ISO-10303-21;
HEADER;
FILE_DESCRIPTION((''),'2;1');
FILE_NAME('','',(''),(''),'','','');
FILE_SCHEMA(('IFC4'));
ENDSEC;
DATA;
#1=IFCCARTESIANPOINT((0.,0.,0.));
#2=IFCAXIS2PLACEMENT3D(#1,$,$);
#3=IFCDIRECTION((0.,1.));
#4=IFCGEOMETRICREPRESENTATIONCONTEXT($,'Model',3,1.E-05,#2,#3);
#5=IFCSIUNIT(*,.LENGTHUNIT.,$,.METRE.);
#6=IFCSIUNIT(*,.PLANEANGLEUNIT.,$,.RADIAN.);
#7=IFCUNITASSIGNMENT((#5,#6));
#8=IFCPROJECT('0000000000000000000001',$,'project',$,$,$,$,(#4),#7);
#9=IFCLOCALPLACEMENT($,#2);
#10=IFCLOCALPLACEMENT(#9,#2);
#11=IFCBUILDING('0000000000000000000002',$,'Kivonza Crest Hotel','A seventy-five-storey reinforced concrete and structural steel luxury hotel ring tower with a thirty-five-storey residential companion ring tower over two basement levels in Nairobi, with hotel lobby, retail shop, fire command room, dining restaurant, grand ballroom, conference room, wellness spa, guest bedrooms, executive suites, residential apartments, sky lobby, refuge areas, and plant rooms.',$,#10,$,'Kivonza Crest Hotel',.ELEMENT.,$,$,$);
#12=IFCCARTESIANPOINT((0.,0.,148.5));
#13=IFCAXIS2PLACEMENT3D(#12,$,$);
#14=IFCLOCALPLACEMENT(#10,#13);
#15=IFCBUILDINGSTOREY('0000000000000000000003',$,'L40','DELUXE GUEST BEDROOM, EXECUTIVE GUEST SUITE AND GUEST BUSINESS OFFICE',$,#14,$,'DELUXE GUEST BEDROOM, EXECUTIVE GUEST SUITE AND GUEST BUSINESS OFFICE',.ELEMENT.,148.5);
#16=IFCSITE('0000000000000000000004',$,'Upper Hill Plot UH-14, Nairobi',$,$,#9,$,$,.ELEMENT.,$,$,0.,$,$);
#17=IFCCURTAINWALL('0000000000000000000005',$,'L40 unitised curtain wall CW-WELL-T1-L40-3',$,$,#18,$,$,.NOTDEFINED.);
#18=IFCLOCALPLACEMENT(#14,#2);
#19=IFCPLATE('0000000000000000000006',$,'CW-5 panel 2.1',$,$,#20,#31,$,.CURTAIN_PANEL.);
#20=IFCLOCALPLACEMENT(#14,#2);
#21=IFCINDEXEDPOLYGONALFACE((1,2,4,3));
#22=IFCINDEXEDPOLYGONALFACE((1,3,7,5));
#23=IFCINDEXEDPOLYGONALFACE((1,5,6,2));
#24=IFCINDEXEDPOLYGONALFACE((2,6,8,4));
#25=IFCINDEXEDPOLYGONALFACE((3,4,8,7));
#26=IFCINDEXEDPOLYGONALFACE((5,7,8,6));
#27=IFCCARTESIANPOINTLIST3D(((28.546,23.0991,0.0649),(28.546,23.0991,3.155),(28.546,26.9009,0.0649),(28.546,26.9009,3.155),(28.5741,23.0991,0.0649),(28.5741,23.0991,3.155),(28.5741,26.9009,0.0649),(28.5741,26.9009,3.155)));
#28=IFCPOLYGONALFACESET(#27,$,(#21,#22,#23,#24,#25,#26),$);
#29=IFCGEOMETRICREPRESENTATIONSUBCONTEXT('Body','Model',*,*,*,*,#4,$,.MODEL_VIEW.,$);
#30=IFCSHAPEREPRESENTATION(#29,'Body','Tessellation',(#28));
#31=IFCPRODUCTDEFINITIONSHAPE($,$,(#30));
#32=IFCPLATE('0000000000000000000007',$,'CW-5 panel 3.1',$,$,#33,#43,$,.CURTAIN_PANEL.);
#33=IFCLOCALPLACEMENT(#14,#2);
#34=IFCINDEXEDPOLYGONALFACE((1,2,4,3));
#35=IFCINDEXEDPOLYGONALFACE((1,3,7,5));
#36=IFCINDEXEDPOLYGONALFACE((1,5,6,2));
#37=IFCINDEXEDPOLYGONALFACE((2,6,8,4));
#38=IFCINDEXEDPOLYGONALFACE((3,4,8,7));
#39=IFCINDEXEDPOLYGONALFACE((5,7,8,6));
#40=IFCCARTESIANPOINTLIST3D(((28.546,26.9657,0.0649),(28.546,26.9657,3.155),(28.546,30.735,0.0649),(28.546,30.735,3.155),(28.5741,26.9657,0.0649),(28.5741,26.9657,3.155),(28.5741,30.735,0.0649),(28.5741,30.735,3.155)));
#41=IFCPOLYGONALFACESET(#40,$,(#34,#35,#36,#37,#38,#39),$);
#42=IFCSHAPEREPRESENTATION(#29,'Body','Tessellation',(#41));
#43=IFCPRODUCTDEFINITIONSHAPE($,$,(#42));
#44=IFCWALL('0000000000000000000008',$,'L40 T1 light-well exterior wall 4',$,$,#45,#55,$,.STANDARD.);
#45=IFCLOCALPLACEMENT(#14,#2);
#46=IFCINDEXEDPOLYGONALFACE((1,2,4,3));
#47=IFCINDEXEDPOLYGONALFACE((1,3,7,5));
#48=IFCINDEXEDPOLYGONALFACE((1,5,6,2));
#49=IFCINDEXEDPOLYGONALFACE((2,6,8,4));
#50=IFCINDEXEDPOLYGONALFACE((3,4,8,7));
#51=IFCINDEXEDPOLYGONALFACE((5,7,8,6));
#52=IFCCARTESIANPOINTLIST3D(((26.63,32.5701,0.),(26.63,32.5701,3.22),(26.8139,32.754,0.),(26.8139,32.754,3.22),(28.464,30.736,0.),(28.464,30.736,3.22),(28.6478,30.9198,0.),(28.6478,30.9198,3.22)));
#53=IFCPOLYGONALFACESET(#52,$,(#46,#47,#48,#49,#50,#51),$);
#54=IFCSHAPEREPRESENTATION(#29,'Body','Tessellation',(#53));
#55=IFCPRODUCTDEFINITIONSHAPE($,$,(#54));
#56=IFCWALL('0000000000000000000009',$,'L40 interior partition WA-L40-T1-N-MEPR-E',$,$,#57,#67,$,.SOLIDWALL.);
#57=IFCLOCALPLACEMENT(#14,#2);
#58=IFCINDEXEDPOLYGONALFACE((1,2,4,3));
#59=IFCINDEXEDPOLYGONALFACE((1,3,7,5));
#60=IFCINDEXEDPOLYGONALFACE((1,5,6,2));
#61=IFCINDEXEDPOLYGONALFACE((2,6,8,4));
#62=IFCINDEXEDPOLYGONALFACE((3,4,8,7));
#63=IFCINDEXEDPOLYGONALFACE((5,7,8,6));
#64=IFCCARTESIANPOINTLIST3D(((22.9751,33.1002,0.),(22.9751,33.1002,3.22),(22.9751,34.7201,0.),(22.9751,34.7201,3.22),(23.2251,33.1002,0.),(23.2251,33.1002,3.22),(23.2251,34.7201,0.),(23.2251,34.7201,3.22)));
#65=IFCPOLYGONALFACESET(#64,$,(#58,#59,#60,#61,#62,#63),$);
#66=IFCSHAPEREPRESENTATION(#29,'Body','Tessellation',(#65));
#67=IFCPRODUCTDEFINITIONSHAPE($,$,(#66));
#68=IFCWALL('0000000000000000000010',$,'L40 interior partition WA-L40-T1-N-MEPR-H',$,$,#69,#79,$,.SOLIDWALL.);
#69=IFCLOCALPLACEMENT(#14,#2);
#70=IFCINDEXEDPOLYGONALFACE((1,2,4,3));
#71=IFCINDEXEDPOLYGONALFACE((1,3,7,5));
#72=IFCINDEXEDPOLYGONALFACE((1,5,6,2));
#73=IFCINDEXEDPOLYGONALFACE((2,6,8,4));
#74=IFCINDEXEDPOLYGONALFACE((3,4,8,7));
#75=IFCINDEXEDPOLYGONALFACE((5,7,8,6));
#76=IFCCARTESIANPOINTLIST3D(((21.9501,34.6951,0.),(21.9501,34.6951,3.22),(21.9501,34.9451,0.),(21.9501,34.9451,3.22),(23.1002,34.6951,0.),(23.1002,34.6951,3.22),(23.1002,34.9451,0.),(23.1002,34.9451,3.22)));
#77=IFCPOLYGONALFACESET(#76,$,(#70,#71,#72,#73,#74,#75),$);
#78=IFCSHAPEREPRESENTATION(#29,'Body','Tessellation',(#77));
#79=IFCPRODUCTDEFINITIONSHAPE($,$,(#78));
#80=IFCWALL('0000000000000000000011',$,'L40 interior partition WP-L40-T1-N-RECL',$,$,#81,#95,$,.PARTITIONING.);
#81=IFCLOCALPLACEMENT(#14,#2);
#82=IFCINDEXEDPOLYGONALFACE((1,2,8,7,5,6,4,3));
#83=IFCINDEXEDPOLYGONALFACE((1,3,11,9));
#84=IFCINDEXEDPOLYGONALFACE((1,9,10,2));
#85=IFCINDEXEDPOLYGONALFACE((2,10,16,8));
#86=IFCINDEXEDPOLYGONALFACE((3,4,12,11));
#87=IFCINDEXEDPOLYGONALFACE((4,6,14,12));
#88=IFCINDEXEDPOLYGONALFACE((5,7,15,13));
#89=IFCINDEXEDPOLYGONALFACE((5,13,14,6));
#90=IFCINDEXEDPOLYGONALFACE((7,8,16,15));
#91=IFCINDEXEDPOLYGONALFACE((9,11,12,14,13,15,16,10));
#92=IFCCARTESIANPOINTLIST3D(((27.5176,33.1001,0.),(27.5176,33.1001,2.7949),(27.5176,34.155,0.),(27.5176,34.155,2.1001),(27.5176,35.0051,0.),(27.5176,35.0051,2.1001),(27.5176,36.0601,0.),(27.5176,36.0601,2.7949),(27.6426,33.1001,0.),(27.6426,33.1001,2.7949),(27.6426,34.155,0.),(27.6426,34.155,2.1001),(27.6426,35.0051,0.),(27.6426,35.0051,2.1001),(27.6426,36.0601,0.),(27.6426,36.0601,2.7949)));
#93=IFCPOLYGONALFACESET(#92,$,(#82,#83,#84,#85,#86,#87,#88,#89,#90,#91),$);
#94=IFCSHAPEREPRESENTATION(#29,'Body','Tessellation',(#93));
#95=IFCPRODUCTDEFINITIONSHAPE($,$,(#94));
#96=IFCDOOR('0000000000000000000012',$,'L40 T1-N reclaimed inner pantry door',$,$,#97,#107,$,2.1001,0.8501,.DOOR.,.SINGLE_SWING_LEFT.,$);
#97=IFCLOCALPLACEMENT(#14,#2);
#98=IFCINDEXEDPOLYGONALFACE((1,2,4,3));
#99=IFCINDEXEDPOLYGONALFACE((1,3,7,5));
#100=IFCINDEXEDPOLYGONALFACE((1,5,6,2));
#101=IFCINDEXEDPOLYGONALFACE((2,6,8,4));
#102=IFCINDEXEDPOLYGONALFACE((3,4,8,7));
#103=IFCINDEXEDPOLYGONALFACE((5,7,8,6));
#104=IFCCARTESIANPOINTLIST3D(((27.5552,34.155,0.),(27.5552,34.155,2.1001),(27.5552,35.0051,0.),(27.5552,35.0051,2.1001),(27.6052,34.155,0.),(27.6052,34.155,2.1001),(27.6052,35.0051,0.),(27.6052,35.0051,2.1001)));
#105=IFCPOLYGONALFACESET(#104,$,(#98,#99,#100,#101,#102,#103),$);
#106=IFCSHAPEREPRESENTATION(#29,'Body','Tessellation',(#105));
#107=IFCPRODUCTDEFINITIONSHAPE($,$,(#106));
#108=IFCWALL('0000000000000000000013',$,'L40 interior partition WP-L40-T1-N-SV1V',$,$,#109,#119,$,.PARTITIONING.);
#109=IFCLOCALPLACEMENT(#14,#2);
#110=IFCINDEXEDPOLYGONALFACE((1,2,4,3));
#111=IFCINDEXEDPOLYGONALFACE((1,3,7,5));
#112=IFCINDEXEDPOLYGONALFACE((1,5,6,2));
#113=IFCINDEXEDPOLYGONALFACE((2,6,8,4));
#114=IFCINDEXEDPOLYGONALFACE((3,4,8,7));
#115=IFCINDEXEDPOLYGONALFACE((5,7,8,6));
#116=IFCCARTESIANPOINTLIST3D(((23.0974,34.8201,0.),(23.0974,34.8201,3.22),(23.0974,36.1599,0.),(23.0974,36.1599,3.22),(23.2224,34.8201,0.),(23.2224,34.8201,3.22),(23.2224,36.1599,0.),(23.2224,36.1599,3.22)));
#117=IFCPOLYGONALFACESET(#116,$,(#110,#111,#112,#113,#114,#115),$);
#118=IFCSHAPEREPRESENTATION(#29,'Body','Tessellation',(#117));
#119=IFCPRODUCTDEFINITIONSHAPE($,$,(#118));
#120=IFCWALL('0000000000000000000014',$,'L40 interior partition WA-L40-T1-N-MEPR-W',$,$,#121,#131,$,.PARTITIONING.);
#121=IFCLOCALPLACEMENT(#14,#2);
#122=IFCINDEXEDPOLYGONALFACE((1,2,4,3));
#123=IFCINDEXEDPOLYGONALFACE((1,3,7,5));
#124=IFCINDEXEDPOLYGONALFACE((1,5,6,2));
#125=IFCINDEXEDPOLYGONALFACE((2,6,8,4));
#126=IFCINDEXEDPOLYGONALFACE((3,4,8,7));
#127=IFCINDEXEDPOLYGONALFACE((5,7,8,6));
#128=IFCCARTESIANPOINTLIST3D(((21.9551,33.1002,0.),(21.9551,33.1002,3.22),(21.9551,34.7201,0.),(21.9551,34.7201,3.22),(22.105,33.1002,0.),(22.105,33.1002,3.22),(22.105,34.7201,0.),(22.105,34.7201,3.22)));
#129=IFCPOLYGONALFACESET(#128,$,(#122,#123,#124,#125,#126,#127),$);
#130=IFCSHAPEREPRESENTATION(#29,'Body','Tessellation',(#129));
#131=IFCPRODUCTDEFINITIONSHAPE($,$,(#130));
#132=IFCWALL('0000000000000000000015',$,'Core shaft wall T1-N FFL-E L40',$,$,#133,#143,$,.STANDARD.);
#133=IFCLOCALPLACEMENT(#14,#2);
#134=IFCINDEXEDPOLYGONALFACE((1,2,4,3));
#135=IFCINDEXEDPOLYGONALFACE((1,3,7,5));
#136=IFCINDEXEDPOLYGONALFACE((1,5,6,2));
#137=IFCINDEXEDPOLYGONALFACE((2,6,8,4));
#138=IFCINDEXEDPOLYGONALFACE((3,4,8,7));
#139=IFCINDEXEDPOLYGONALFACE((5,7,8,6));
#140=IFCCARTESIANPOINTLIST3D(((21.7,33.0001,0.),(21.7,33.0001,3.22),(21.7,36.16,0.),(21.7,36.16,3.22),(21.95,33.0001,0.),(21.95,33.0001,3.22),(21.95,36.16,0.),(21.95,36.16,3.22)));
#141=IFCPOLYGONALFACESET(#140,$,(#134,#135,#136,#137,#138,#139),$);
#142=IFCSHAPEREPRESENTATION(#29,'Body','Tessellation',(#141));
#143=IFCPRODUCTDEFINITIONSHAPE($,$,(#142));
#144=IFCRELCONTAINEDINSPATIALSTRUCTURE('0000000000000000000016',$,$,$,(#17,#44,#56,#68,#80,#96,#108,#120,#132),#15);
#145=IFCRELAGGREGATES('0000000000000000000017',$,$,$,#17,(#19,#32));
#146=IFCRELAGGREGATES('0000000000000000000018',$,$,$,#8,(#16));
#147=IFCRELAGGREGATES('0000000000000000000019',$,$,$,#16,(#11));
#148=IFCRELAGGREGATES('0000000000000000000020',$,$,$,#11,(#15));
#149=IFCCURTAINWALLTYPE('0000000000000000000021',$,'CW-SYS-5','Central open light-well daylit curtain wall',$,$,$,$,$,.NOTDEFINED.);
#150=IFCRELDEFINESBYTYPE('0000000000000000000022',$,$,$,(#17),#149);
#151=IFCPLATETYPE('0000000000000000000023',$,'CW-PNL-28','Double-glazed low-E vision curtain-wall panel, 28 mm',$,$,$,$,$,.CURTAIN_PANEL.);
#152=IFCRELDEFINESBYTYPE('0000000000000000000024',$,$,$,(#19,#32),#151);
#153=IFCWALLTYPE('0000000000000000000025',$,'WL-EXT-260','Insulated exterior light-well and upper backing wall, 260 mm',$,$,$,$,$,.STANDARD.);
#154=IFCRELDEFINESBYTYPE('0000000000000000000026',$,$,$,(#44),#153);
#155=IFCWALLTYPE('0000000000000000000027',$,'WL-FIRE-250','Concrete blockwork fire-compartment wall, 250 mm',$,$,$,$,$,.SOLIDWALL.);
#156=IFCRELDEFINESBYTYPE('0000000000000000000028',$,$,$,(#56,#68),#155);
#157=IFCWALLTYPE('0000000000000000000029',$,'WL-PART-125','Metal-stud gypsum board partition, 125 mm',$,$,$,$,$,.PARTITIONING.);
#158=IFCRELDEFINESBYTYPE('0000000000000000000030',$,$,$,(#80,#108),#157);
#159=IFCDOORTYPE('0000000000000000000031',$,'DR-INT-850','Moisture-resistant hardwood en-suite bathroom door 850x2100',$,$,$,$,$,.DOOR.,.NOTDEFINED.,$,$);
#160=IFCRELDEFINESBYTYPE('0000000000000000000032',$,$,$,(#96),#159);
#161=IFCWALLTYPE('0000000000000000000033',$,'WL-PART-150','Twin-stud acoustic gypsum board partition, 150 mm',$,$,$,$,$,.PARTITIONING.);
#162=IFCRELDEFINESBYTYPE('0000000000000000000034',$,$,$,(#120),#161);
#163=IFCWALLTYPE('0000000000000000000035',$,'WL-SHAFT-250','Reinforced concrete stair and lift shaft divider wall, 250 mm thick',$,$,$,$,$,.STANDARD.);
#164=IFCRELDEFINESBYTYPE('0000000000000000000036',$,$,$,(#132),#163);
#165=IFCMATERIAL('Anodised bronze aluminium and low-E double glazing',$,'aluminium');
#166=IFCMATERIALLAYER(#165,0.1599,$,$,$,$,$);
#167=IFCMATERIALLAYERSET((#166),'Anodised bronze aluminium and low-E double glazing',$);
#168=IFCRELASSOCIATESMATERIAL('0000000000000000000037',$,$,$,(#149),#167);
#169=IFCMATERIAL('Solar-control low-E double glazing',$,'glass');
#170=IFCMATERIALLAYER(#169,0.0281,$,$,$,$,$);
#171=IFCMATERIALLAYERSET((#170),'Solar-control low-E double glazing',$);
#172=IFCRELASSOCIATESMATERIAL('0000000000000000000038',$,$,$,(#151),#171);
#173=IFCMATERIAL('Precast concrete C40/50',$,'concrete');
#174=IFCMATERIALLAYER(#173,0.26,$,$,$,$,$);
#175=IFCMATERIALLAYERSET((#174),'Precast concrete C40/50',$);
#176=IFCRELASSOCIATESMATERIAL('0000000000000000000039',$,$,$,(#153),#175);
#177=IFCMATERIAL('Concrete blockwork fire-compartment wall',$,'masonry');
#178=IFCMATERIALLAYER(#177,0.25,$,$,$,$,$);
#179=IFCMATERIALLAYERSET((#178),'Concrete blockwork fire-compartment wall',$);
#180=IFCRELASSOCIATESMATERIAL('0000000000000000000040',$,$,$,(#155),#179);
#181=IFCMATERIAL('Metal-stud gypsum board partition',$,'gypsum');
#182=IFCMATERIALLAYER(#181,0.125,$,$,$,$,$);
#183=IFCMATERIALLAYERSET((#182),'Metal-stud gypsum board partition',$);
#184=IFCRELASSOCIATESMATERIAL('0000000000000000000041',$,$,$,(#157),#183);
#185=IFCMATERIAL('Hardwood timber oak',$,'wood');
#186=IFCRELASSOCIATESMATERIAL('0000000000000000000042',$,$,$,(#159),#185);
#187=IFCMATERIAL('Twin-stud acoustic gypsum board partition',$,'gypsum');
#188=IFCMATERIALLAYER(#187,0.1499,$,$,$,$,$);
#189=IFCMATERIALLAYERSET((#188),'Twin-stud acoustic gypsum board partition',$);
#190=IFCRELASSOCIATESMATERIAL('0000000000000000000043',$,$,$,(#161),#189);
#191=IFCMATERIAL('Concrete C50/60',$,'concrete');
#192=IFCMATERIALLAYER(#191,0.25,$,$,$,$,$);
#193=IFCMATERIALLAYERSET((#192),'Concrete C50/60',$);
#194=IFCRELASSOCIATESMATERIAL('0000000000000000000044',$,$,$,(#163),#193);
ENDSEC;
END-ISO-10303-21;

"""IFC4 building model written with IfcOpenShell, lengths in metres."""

from ifc_helpers import new_model, si_unit, direction, frame, frame_2d, origin, origin_2d, place, context, subcontext, project, spatial, rectangle, extrude, material, layer, layer_set, type_object, element, fill, aggregate, save


model = new_model("IFC4")

# Units and contexts
model_context = context("Model", 3, precision=1e-05, world=origin(), true_north=direction((0.0, 1.0)))
body_context = subcontext(model_context, "Body", "Model", "MODEL_VIEW")
ifc_project = project(units=[si_unit("LENGTHUNIT", "METRE"), si_unit("PLANEANGLEUNIT", "RADIAN")], contexts=[model_context])

# Site, building, storey
site_placement = place(None, origin())
site = spatial("IfcSite", under=ifc_project, at=site_placement, Name="Upper Hill Plot UH-14, Nairobi", CompositionType="ELEMENT", RefElevation=0.0)
building_placement = place(site_placement, origin())
building = spatial("IfcBuilding", under=site, at=building_placement, Name="Kivonza Crest Hotel", Description="A seventy-five-storey reinforced concrete and structural steel luxury hotel ring tower with a thirty-five-storey residential companion ring tower over two basement levels in Nairobi, with hotel lobby, retail shop, fire command room, dining restaurant, grand ballroom, conference room, wellness spa, guest bedrooms, executive suites, residential apartments, sky lobby, refuge areas, and plant rooms.", LongName="Kivonza Crest Hotel", CompositionType="ELEMENT")
storey_placement = place(building_placement, frame((0.0, 0.0, 148.5)))
storey = spatial("IfcBuildingStorey", under=building, at=storey_placement, Name="L40", Description="DELUXE GUEST BEDROOM, EXECUTIVE GUEST SUITE AND GUEST BUSINESS OFFICE", LongName="DELUXE GUEST BEDROOM, EXECUTIVE GUEST SUITE AND GUEST BUSINESS OFFICE", CompositionType="ELEMENT", Elevation=148.5)

# Shared definitions
ifc_material_1 = material(Name="Concrete C50/60", Category="concrete")

# Curtain wall, plates
ifc_material_2 = material(Name="Anodised bronze aluminium and low-E double glazing", Category="aluminium")
ifc_layer_1 = layer(ifc_material_2, 0.1599)
ifc_layer_set_1 = layer_set([ifc_layer_1], Name="Anodised bronze aluminium and low-E double glazing")
curtain_wall_type = type_object("IfcCurtainWallType", Name="CW-SYS-5", Description="Central open light-well daylit curtain wall", PredefinedType="NOTDEFINED", material=ifc_layer_set_1)
curtain_wall_placement = place(storey_placement, origin())
curtain_wall = element("IfcCurtainWall", 1, at=curtain_wall_placement, inside=storey, type_object=curtain_wall_type, Name="L40 unitised curtain wall CW-WELL-T1-L40-3", PredefinedType="NOTDEFINED")
ifc_material_3 = material(Name="Solar-control low-E double glazing", Category="glass")
ifc_layer_2 = layer(ifc_material_3, 0.0281)
ifc_layer_set_2 = layer_set([ifc_layer_2], Name="Solar-control low-E double glazing")
plate_type = type_object("IfcPlateType", Name="CW-PNL-28", Description="Double-glazed low-E vision curtain-wall panel, 28 mm", PredefinedType="CURTAIN_PANEL", material=ifc_layer_set_2)
plate_1_placement = place(storey_placement, frame((28.5601, 25.0, 0.0649), z_axis=(0.0, 0.0, 1.0), x_axis=(0.0, 1.0, 0.0)))
plate_1 = element("IfcPlate", 2, at=plate_1_placement, type_object=plate_type, Name="CW-5 panel 2.1", PredefinedType="CURTAIN_PANEL", context=body_context, shape_type="SweptSolid", body=[
    extrude(rectangle(XDim=3.8018, YDim=0.0281, at=origin_2d()), origin(), (0.0, 0.0, 1.0), 3.0901),
])
plate_2_placement = place(storey_placement, frame((28.5601, 28.8503, 0.0649), z_axis=(0.0, 0.0, 1.0), x_axis=(0.0, 1.0, 0.0)))
plate_2 = element("IfcPlate", 3, at=plate_2_placement, type_object=plate_type, Name="CW-5 panel 3.1", PredefinedType="CURTAIN_PANEL", context=body_context, shape_type="SweptSolid", body=[
    extrude(rectangle(XDim=3.7693, YDim=0.0281, at=origin_2d()), origin(), (0.0, 0.0, 1.0), 3.0901),
])
aggregate(curtain_wall, [plate_1, plate_2])

# Walls
ifc_material_4 = material(Name="Precast concrete C40/50", Category="concrete")
ifc_layer_3 = layer(ifc_material_4, 0.26)
ifc_layer_set_3 = layer_set([ifc_layer_3], Name="Precast concrete C40/50")
wall_type_1 = type_object("IfcWallType", Name="WL-EXT-260", Description="Insulated exterior light-well and upper backing wall, 260 mm", PredefinedType="STANDARD", material=ifc_layer_set_3)
wall_1_placement = place(storey_placement, frame((28.5559, 30.8279, 0.0), z_axis=(0.0, 0.0, 1.0), x_axis=(-0.70706, 0.707154, 0.0)))
element("IfcWall", 4, at=wall_1_placement, inside=storey, type_object=wall_type_1, Name="L40 T1 light-well exterior wall 4", PredefinedType="STANDARD", context=body_context, shape_type="SweptSolid", body=[
    extrude(rectangle(XDim=2.5938, YDim=0.26, at=frame_2d((1.2969, 0.0))), origin(), (0.0, 0.0, 1.0), 3.22),
])
ifc_material_5 = material(Name="Concrete blockwork fire-compartment wall", Category="masonry")
ifc_layer_4 = layer(ifc_material_5, 0.25)
ifc_layer_set_4 = layer_set([ifc_layer_4], Name="Concrete blockwork fire-compartment wall")
wall_type_2 = type_object("IfcWallType", Name="WL-FIRE-250", Description="Concrete blockwork fire-compartment wall, 250 mm", PredefinedType="SOLIDWALL", material=ifc_layer_set_4)
wall_2_placement = place(storey_placement, frame((23.1001, 33.1001, 0.0), z_axis=(0.0, 0.0, 1.0), x_axis=(0.0, 1.0, 0.0)))
element("IfcWall", 5, at=wall_2_placement, inside=storey, type_object=wall_type_2, Name="L40 interior partition WA-L40-T1-N-MEPR-E", PredefinedType="SOLIDWALL", context=body_context, shape_type="SweptSolid", body=[
    extrude(rectangle(XDim=1.6199, YDim=0.25, at=frame_2d((0.8101, 0.0))), origin(), (0.0, 0.0, 1.0), 3.22),
])
wall_3_placement = place(storey_placement, frame((21.95, 34.8201, 0.0), z_axis=(0.0, 0.0, 1.0), x_axis=(1.0, 0.0, 0.0)))
element("IfcWall", 6, at=wall_3_placement, inside=storey, type_object=wall_type_2, Name="L40 interior partition WA-L40-T1-N-MEPR-H", PredefinedType="SOLIDWALL", context=body_context, shape_type="SweptSolid", body=[
    extrude(rectangle(XDim=1.1501, YDim=0.25, at=frame_2d((0.5752, 0.0))), origin(), (0.0, 0.0, 1.0), 3.22),
])

# Wall, opening, door
ifc_material_6 = material(Name="Metal-stud gypsum board partition", Category="gypsum")
ifc_layer_5 = layer(ifc_material_6, 0.125)
ifc_layer_set_5 = layer_set([ifc_layer_5], Name="Metal-stud gypsum board partition")
wall_type_3 = type_object("IfcWallType", Name="WL-PART-125", Description="Metal-stud gypsum board partition, 125 mm", PredefinedType="PARTITIONING", material=ifc_layer_set_5)
wall_4_placement = place(storey_placement, frame((27.5801, 33.1001, 0.0), z_axis=(0.0, 0.0, 1.0), x_axis=(0.0, 1.0, 0.0)))
wall_4 = element("IfcWall", 7, at=wall_4_placement, inside=storey, type_object=wall_type_3, Name="L40 interior partition WP-L40-T1-N-RECL", PredefinedType="PARTITIONING", context=body_context, shape_type="SweptSolid", body=[
    extrude(rectangle(XDim=2.96, YDim=0.125, at=frame_2d((1.48, 0.0))), origin(), (0.0, 0.0, 1.0), 2.7949),
])
opening_1_placement = place(wall_4_placement, frame((1.0549, 0.0, 0.0)))
opening_1 = element("IfcOpeningElement", 8, at=opening_1_placement, cuts=wall_4, PredefinedType="OPENING", context=body_context, shape_type="SweptSolid", body=[
    extrude(rectangle(XDim=0.8501, YDim=2.1001, at=frame_2d((0.425, 1.05))), frame((0.0, 0.0725, 0.0), z_axis=(0.0, -1.0, 0.0), x_axis=(1.0, 0.0, 0.0)), (0.0, 0.0, 1.0), 0.145),
])
ifc_material_7 = material(Name="Hardwood timber oak", Category="wood")
door_type_1 = type_object("IfcDoorType", Name="DR-INT-850", Description="Moisture-resistant hardwood en-suite bathroom door 850x2100", OperationType="NOTDEFINED", PredefinedType="DOOR", material=ifc_material_7)
door_1_placement = place(opening_1_placement, origin())
door_1 = element("IfcDoor", 9, at=door_1_placement, inside=storey, type_object=door_type_1, Name="L40 T1-N reclaimed inner pantry door", OperationType="SINGLE_SWING_LEFT", OverallHeight=2.1001, OverallWidth=0.8501, PredefinedType="DOOR", context=body_context, shape_type="SweptSolid", body=[
    extrude(rectangle(XDim=0.8501, YDim=2.1001, at=frame_2d((0.425, 1.05))), frame((0.0, 0.0249, 0.0), z_axis=(0.0, -1.0, 0.0), x_axis=(1.0, 0.0, 0.0)), (0.0, 0.0, 1.0), 0.05),
])
fill(opening_1, door_1)

# Walls
wall_5_placement = place(storey_placement, frame((23.1599, 34.8201, 0.0), z_axis=(0.0, 0.0, 1.0), x_axis=(0.0, 1.0, 0.0)))
element("IfcWall", 10, at=wall_5_placement, inside=storey, type_object=wall_type_3, Name="L40 interior partition WP-L40-T1-N-SV1V", PredefinedType="PARTITIONING", context=body_context, shape_type="SweptSolid", body=[
    extrude(rectangle(XDim=1.3398, YDim=0.125, at=frame_2d((0.6699, 0.0))), origin(), (0.0, 0.0, 1.0), 3.22),
])
ifc_material_8 = material(Name="Twin-stud acoustic gypsum board partition", Category="gypsum")
ifc_layer_6 = layer(ifc_material_8, 0.1499)
ifc_layer_set_6 = layer_set([ifc_layer_6], Name="Twin-stud acoustic gypsum board partition")
wall_type_4 = type_object("IfcWallType", Name="WL-PART-150", Description="Twin-stud acoustic gypsum board partition, 150 mm", PredefinedType="PARTITIONING", material=ifc_layer_set_6)
wall_6_placement = place(storey_placement, frame((22.03, 33.1001, 0.0), z_axis=(0.0, 0.0, 1.0), x_axis=(0.0, 1.0, 0.0)))
element("IfcWall", 11, at=wall_6_placement, inside=storey, type_object=wall_type_4, Name="L40 interior partition WA-L40-T1-N-MEPR-W", PredefinedType="PARTITIONING", context=body_context, shape_type="SweptSolid", body=[
    extrude(rectangle(XDim=1.6199, YDim=0.1499, at=frame_2d((0.8101, 0.0))), origin(), (0.0, 0.0, 1.0), 3.22),
])

# Shared definitions
ifc_layer_7 = layer(ifc_material_1, 0.25)
ifc_layer_set_7 = layer_set([ifc_layer_7], Name="Concrete C50/60")
wall_type_5 = type_object("IfcWallType", Name="WL-SHAFT-250", Description="Reinforced concrete stair and lift shaft divider wall, 250 mm thick", PredefinedType="STANDARD", material=ifc_layer_set_7)

# Wall
wall_7_placement = place(storey_placement, frame((21.825, 33.0, 0.0), z_axis=(0.0, 0.0, 1.0), x_axis=(0.0, 1.0, 0.0)))
element("IfcWall", 12, at=wall_7_placement, inside=storey, type_object=wall_type_5, Name="Core shaft wall T1-N FFL-E L40", PredefinedType="STANDARD", context=body_context, shape_type="SweptSolid", body=[
    extrude(rectangle(XDim=3.1599, YDim=0.25, at=frame_2d((1.5801, 0.0))), origin(), (0.0, 0.0, 1.0), 3.22),
])

save(model, "model.ifc")
